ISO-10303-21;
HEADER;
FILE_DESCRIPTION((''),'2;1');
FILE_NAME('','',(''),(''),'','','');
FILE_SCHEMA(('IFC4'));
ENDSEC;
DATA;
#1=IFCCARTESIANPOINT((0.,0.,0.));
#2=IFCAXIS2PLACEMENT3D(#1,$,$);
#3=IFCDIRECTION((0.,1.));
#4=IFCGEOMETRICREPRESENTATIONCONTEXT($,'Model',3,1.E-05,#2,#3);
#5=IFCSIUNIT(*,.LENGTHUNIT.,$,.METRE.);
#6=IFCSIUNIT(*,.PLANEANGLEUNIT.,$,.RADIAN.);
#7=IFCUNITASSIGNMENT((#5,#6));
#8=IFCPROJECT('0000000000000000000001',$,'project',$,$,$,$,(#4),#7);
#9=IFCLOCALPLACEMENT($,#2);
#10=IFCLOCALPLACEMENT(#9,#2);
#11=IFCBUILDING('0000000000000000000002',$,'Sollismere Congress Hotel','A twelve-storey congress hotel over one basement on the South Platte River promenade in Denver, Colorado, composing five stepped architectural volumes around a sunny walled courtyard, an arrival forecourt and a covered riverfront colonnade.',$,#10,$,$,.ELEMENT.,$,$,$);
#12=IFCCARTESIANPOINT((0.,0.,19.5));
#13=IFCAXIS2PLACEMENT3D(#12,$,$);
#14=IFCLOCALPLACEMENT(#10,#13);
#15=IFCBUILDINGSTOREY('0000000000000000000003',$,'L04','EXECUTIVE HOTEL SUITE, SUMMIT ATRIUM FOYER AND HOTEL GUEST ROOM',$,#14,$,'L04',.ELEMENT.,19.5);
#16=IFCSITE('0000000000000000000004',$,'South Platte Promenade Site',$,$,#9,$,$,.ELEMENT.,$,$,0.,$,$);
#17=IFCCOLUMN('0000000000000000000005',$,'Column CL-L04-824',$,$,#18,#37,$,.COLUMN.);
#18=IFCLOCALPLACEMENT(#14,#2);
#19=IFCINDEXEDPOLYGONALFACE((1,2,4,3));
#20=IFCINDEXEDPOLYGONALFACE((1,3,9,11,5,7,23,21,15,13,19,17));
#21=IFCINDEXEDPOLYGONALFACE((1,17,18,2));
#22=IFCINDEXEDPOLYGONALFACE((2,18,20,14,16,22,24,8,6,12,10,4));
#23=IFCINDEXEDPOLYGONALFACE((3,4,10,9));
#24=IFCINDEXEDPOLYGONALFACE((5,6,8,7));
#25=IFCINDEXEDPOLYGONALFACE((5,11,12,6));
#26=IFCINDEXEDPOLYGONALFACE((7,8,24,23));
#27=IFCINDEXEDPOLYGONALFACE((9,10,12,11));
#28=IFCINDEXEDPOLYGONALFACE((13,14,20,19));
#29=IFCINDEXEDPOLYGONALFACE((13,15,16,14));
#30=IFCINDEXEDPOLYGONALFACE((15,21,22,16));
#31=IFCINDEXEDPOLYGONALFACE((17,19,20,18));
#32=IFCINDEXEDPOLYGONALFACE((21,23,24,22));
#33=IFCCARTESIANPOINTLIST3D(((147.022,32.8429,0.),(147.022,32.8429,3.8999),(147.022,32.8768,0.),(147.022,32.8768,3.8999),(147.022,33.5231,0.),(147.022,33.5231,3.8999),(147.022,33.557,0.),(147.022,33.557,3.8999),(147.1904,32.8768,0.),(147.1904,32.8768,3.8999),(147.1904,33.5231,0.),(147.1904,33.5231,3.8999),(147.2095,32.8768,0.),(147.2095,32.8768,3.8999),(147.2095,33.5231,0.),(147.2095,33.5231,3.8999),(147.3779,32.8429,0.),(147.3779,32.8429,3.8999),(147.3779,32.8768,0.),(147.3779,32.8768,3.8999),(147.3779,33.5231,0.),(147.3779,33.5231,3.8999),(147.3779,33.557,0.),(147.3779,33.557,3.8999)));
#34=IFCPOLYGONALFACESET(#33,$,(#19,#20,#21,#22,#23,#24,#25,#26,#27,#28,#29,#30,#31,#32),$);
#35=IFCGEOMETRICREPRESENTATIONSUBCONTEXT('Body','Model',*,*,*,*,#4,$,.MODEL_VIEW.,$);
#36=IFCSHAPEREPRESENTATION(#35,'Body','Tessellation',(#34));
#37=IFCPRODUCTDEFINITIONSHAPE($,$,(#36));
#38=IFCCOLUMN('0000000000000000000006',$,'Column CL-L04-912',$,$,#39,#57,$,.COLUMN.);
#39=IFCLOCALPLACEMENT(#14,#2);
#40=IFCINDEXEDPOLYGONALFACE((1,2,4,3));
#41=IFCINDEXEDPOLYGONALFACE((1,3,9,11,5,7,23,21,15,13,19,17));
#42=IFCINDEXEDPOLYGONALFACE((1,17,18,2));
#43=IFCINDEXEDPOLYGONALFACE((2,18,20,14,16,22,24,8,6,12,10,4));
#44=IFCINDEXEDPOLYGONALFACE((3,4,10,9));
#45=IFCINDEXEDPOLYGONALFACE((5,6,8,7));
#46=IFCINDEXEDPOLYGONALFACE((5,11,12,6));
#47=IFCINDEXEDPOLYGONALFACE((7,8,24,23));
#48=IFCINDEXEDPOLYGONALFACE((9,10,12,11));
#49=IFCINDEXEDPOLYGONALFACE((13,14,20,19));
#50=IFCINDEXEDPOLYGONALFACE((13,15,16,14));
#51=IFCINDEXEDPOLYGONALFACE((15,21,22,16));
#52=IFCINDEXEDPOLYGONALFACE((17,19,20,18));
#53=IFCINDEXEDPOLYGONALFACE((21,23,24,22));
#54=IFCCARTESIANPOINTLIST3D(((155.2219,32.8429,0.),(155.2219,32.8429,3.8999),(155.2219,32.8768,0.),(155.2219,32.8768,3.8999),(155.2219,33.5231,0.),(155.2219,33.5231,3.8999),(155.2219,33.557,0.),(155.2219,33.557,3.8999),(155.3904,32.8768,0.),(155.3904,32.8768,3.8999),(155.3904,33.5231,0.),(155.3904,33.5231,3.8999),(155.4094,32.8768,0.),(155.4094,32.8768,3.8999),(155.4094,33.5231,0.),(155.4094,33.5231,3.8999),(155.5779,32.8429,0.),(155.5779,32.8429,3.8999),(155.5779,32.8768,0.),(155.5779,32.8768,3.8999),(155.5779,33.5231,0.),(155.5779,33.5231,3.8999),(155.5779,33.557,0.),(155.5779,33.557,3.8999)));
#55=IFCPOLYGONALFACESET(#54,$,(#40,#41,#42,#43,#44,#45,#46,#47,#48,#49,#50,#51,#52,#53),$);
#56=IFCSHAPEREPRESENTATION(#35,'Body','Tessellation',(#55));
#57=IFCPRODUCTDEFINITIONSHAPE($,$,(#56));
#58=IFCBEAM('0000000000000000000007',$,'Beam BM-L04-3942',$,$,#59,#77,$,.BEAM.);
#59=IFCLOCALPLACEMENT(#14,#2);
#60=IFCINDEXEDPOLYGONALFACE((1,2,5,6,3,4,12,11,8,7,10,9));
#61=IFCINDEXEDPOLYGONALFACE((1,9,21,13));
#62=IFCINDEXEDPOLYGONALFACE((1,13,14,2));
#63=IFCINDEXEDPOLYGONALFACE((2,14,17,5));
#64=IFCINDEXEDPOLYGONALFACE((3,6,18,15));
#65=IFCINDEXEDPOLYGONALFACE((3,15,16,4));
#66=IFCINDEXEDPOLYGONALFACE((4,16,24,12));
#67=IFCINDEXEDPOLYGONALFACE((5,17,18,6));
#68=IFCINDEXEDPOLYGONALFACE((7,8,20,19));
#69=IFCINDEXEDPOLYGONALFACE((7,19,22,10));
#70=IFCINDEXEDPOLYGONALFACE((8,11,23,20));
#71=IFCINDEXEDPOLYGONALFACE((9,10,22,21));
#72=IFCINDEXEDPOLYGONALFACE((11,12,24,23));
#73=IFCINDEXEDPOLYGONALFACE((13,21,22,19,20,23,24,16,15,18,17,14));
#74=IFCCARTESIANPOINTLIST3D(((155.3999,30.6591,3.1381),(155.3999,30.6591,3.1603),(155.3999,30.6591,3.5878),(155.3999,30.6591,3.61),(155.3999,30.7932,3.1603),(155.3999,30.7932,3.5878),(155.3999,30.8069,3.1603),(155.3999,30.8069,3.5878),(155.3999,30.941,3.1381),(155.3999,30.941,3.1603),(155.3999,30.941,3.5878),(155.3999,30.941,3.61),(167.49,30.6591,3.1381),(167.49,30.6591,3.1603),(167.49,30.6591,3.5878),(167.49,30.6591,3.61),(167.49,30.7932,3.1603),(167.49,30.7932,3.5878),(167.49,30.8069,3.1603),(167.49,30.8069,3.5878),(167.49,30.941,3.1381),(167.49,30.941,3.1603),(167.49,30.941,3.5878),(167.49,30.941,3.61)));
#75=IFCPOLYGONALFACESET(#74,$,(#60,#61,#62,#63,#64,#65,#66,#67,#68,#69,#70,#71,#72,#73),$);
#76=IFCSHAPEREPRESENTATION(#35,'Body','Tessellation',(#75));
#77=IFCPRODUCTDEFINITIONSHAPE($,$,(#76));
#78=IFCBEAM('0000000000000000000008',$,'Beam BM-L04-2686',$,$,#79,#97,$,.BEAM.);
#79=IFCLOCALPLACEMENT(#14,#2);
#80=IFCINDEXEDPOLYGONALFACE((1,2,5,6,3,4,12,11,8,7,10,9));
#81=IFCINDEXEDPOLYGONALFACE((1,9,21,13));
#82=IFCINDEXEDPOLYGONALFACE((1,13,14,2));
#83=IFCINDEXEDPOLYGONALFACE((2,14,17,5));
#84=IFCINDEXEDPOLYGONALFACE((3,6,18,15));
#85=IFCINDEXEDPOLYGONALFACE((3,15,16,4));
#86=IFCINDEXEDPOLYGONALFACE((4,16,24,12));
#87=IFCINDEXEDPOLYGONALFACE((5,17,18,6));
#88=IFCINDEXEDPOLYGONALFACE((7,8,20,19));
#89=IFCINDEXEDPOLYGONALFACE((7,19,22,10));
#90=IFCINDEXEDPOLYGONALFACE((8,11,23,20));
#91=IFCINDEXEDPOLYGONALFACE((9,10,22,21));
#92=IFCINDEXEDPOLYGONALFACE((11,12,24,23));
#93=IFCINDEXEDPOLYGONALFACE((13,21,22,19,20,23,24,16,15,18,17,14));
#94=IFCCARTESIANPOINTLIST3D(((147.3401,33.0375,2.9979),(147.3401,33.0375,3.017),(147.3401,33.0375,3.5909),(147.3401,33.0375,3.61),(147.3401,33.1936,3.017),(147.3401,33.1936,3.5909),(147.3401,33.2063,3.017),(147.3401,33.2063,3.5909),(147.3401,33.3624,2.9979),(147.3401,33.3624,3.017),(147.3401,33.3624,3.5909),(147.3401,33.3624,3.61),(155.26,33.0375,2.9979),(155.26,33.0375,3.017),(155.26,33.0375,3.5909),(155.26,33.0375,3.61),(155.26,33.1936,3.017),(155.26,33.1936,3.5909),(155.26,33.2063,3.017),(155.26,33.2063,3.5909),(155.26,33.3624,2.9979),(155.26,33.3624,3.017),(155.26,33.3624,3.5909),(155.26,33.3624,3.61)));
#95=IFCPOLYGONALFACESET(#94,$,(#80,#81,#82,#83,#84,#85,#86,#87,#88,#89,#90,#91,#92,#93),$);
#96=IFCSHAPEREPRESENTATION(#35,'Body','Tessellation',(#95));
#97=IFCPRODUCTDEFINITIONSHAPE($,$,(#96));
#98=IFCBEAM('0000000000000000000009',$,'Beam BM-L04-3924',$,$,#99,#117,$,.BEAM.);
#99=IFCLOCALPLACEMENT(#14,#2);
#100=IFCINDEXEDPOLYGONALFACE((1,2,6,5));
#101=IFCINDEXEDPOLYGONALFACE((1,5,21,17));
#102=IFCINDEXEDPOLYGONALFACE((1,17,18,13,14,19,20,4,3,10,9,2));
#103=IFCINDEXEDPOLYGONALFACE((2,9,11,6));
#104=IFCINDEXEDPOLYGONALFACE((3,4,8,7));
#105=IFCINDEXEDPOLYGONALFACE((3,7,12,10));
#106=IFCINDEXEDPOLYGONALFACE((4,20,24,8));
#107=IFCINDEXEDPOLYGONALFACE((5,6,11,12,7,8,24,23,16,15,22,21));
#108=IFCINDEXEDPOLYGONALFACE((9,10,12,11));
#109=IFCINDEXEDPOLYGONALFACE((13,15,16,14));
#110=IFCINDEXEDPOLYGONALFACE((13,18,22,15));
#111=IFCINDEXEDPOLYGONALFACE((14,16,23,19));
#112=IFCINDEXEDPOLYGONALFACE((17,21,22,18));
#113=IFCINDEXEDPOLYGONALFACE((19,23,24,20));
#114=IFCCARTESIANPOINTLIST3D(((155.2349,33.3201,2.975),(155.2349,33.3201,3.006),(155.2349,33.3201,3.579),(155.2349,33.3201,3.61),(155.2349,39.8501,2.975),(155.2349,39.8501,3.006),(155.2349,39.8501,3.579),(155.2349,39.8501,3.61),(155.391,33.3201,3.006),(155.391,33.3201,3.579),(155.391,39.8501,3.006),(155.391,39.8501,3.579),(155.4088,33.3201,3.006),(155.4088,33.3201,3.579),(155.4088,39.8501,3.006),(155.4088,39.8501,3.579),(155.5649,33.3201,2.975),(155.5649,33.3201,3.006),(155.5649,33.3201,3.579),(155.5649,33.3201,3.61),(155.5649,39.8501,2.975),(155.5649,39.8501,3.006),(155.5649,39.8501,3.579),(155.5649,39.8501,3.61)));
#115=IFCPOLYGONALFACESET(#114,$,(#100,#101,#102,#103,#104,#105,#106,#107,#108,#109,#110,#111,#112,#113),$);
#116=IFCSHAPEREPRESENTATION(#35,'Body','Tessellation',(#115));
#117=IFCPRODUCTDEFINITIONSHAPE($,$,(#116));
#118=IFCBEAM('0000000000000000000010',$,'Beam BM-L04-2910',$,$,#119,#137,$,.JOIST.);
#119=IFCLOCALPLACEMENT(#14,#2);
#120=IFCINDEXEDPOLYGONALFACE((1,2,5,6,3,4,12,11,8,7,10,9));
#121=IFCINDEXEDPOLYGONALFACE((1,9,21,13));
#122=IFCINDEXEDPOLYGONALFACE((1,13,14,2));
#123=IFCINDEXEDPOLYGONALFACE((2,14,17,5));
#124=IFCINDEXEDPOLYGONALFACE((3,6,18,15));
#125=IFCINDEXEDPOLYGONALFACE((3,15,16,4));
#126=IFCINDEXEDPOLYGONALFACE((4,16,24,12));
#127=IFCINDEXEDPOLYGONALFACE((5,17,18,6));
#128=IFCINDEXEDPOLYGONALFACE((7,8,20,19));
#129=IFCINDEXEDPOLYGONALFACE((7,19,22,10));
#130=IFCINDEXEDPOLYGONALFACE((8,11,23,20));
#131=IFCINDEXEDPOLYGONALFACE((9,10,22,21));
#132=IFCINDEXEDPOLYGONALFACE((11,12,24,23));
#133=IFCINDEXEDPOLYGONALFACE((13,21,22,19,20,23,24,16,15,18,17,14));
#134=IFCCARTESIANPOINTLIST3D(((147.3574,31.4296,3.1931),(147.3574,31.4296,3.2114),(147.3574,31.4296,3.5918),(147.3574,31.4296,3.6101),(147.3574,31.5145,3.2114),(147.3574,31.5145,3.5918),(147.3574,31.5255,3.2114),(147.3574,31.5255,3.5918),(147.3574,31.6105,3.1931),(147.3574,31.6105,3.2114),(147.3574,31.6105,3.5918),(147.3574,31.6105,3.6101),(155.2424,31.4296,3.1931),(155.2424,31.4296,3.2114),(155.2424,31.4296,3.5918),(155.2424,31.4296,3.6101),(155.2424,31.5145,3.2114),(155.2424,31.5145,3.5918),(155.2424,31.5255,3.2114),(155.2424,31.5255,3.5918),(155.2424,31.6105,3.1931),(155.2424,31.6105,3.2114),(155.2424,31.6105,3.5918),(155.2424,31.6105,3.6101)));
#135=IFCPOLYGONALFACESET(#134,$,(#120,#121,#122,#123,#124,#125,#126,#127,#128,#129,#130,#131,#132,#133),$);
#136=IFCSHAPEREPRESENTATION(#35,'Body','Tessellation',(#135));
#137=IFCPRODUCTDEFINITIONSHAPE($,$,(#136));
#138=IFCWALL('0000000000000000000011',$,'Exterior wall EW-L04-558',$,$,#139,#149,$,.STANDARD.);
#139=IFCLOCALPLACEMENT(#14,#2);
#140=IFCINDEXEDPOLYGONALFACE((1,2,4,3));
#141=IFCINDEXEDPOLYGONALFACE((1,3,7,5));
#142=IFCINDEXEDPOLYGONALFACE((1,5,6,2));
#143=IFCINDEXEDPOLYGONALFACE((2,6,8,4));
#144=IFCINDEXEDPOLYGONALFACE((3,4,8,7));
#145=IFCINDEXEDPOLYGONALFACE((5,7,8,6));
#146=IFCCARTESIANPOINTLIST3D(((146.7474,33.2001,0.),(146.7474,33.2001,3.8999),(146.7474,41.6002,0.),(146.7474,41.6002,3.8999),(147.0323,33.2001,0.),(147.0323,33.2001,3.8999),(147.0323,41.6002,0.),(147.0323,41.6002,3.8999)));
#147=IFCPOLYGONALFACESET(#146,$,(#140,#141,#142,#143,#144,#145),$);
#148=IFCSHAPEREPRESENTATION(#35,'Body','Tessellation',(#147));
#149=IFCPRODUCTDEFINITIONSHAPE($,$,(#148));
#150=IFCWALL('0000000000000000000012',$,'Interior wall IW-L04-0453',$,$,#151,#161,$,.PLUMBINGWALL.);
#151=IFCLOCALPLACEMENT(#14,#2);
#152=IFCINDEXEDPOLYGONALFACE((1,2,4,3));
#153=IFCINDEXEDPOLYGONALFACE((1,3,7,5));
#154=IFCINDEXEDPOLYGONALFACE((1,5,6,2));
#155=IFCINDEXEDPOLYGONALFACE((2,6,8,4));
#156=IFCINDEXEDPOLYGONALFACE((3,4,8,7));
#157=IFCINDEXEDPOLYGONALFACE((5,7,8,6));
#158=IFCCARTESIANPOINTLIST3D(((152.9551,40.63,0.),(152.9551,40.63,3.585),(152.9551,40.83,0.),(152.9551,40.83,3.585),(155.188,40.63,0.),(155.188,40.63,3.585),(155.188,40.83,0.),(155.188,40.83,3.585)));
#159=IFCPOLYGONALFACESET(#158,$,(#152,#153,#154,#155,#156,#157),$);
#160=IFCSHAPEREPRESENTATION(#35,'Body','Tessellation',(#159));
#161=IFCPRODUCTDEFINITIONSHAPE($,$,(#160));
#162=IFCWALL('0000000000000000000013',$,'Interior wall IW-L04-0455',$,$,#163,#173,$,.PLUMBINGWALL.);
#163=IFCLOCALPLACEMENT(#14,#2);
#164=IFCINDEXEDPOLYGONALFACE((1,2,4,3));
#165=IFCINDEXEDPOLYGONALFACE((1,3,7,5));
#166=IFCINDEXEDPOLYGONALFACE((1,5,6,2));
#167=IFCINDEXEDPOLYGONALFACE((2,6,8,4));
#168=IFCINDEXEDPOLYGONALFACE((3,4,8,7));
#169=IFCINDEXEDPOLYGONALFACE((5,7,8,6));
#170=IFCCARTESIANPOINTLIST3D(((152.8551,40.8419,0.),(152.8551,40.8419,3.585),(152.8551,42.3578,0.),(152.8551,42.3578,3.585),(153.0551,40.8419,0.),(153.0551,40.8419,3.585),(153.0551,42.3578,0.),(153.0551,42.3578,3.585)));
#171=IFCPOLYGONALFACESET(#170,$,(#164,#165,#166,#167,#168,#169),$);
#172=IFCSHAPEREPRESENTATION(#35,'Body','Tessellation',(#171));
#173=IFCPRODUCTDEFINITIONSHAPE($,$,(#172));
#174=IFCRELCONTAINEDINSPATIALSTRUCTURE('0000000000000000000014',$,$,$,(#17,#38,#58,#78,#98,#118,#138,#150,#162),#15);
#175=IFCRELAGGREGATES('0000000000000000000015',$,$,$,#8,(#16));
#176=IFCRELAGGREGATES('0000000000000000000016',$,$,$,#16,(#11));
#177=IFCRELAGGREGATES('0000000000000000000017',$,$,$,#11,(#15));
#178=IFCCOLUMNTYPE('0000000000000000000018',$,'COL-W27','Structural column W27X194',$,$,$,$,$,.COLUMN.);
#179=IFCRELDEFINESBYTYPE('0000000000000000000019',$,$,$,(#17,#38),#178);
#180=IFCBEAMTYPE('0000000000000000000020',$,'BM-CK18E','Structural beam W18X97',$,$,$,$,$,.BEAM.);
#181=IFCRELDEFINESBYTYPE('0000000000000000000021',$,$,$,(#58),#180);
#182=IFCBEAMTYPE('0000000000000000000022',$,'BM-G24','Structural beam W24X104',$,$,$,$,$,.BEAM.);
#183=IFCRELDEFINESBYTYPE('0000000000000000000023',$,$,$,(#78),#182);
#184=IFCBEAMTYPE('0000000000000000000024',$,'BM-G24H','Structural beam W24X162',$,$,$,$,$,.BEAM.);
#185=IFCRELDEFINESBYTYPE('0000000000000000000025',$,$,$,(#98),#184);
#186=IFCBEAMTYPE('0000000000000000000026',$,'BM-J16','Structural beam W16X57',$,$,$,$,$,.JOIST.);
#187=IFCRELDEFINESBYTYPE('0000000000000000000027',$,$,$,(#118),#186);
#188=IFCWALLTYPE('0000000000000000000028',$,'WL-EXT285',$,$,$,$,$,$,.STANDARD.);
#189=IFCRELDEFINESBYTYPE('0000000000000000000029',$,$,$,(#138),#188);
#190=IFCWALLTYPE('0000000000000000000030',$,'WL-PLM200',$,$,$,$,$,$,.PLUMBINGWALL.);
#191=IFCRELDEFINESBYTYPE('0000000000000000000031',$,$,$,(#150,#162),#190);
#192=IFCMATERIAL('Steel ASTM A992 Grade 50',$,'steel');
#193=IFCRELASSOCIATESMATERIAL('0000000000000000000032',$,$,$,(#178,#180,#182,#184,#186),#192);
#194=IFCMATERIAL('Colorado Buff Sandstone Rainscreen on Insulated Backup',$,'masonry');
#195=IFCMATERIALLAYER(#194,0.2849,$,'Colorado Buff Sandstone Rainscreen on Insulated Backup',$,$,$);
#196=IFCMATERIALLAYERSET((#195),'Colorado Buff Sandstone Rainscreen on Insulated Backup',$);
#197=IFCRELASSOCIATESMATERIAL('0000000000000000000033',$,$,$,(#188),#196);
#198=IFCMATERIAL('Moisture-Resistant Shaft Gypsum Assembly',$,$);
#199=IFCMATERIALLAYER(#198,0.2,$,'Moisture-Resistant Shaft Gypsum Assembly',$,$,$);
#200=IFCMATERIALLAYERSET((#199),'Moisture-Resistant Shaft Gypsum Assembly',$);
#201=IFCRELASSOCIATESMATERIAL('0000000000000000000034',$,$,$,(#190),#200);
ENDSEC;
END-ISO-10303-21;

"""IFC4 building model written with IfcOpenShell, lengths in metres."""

from ifc_helpers import new_model, si_unit, direction, frame, frame_2d, origin, origin_2d, place, context, subcontext, project, spatial, rectangle, i_section, extrude, material, layer, layer_set, material_profile, profile_set, type_object, element, save


model = new_model("IFC4")

# Units and contexts
model_context = context("Model", 3, precision=1e-05, world=origin(), true_north=direction((0.0, 1.0)))
body_context = subcontext(model_context, "Body", "Model", "MODEL_VIEW")
ifc_project = project(units=[si_unit("LENGTHUNIT", "METRE"), si_unit("PLANEANGLEUNIT", "RADIAN")], contexts=[model_context])

# Site, building, storey
site_placement = place(None, origin())
site = spatial("IfcSite", under=ifc_project, at=site_placement, Name="South Platte Promenade Site", CompositionType="ELEMENT", RefElevation=0.0)
building_placement = place(site_placement, origin())
building = spatial("IfcBuilding", under=site, at=building_placement, Name="Sollismere Congress Hotel", Description="A twelve-storey congress hotel over one basement on the South Platte River promenade in Denver, Colorado, composing five stepped architectural volumes around a sunny walled courtyard, an arrival forecourt and a covered riverfront colonnade.", CompositionType="ELEMENT")
storey_placement = place(building_placement, frame((0.0, 0.0, 19.5)))
storey = spatial("IfcBuildingStorey", under=building, at=storey_placement, Name="L04", Description="EXECUTIVE HOTEL SUITE, SUMMIT ATRIUM FOYER AND HOTEL GUEST ROOM", LongName="L04", CompositionType="ELEMENT", Elevation=19.5)

# Columns
ifc_material_1 = material(Name="Steel ASTM A992 Grade 50", Category="steel")
ifc_material_profile_1 = material_profile(ifc_material_1, i_section(OverallWidth=0.356, OverallDepth=0.7141, WebThickness=0.019, FlangeThickness=0.0339, at=origin_2d()), Name="W27X194")
ifc_profile_set_1 = profile_set([ifc_material_profile_1], Name="Steel ASTM A992 Grade 50")
column_type = type_object("IfcColumnType", Name="COL-W27", Description="Structural column W27X194", PredefinedType="COLUMN", material=ifc_profile_set_1)
for number, where, z_axis, x_axis, name in (
    (1, (147.2, 33.2, 0.0), (0.0, 0.0, 1.0), (1.0, 0.0, 0.0), "Column CL-L04-824"),
    (2, (155.3999, 33.2, 0.0), (0.0, 0.0, 1.0), (1.0, 0.0, 0.0), "Column CL-L04-912"),
):
    element("IfcColumn", number, at=place(storey_placement, frame(where, z_axis=z_axis, x_axis=x_axis)), inside=storey, type_object=column_type, Name=name, PredefinedType="COLUMN", context=body_context, shape_type="SweptSolid", body=[
        extrude(i_section(OverallWidth=0.356, OverallDepth=0.7141, WebThickness=0.019, FlangeThickness=0.0339, at=origin_2d()), origin(), (0.0, 0.0, 1.0), 3.8999),
    ])

# Beams
ifc_material_profile_2 = material_profile(ifc_material_1, i_section(OverallWidth=0.282, OverallDepth=0.4719, WebThickness=0.0137, FlangeThickness=0.0222, at=origin_2d()), Name="W18X97")
ifc_profile_set_2 = profile_set([ifc_material_profile_2], Name="Steel ASTM A992 Grade 50")
beam_type_1 = type_object("IfcBeamType", Name="BM-CK18E", Description="Structural beam W18X97", PredefinedType="BEAM", material=ifc_profile_set_2)
beam_1_placement = place(storey_placement, frame((155.3999, 30.8, 3.374), z_axis=(1.0, 0.0, 0.0), x_axis=(0.0, 1.0, 0.0)))
element("IfcBeam", 3, at=beam_1_placement, inside=storey, type_object=beam_type_1, Name="Beam BM-L04-3942", PredefinedType="BEAM", context=body_context, shape_type="SweptSolid", body=[
    extrude(i_section(OverallWidth=0.282, OverallDepth=0.4719, WebThickness=0.0137, FlangeThickness=0.0222, at=origin_2d()), origin(), (0.0, 0.0, 1.0), 12.0901),
])
ifc_material_profile_3 = material_profile(ifc_material_1, i_section(OverallWidth=0.325, OverallDepth=0.6121, WebThickness=0.0127, FlangeThickness=0.019, at=origin_2d()), Name="W24X104")
ifc_profile_set_3 = profile_set([ifc_material_profile_3], Name="Steel ASTM A992 Grade 50")
beam_type_2 = type_object("IfcBeamType", Name="BM-G24", Description="Structural beam W24X104", PredefinedType="BEAM", material=ifc_profile_set_3)
beam_2_placement = place(storey_placement, frame((147.3401, 33.2, 3.304), z_axis=(1.0, 0.0, 0.0), x_axis=(0.0, 1.0, 0.0)))
element("IfcBeam", 4, at=beam_2_placement, inside=storey, type_object=beam_type_2, Name="Beam BM-L04-2686", PredefinedType="BEAM", context=body_context, shape_type="SweptSolid", body=[
    extrude(i_section(OverallWidth=0.325, OverallDepth=0.6121, WebThickness=0.0127, FlangeThickness=0.019, at=origin_2d()), origin(), (0.0, 0.0, 1.0), 7.9199),
])
ifc_material_profile_4 = material_profile(ifc_material_1, i_section(OverallWidth=0.3301, OverallDepth=0.635, WebThickness=0.0178, FlangeThickness=0.031, at=origin_2d()), Name="W24X162")
ifc_profile_set_4 = profile_set([ifc_material_profile_4], Name="Steel ASTM A992 Grade 50")
beam_type_3 = type_object("IfcBeamType", Name="BM-G24H", Description="Structural beam W24X162", PredefinedType="BEAM", material=ifc_profile_set_4)
beam_3_placement = place(storey_placement, frame((155.3999, 33.3201, 3.2925), z_axis=(0.0, 1.0, 0.0), x_axis=(-1.0, 0.0, 0.0)))
element("IfcBeam", 5, at=beam_3_placement, inside=storey, type_object=beam_type_3, Name="Beam BM-L04-3924", PredefinedType="BEAM", context=body_context, shape_type="SweptSolid", body=[
    extrude(i_section(OverallWidth=0.3301, OverallDepth=0.635, WebThickness=0.0178, FlangeThickness=0.031, at=origin_2d()), origin(), (0.0, 0.0, 1.0), 6.53),
])
ifc_material_profile_5 = material_profile(ifc_material_1, i_section(OverallWidth=0.1809, OverallDepth=0.417, WebThickness=0.011, FlangeThickness=0.0183, at=origin_2d()), Name="W16X57")
ifc_profile_set_5 = profile_set([ifc_material_profile_5], Name="Steel ASTM A992 Grade 50")
beam_type_4 = type_object("IfcBeamType", Name="BM-J16", Description="Structural beam W16X57", PredefinedType="JOIST", material=ifc_profile_set_5)
beam_4_placement = place(storey_placement, frame((147.3574, 31.52, 3.4016), z_axis=(1.0, 0.0, 0.0), x_axis=(0.0, 1.0, 0.0)))
element("IfcBeam", 6, at=beam_4_placement, inside=storey, type_object=beam_type_4, Name="Beam BM-L04-2910", PredefinedType="JOIST", context=body_context, shape_type="SweptSolid", body=[
    extrude(i_section(OverallWidth=0.1809, OverallDepth=0.417, WebThickness=0.011, FlangeThickness=0.0183, at=origin_2d()), origin(), (0.0, 0.0, 1.0), 7.885),
])

# Walls
ifc_material_2 = material(Name="Colorado Buff Sandstone Rainscreen on Insulated Backup", Category="masonry")
ifc_layer_1 = layer(ifc_material_2, 0.2849, Name="Colorado Buff Sandstone Rainscreen on Insulated Backup")
ifc_layer_set_1 = layer_set([ifc_layer_1], Name="Colorado Buff Sandstone Rainscreen on Insulated Backup")
wall_type_1 = type_object("IfcWallType", Name="WL-EXT285", PredefinedType="STANDARD", material=ifc_layer_set_1)
wall_1_placement = place(storey_placement, frame((146.8899, 33.2, 0.0), z_axis=(0.0, 0.0, 1.0), x_axis=(0.0, 1.0, 0.0)))
element("IfcWall", 7, at=wall_1_placement, inside=storey, type_object=wall_type_1, Name="Exterior wall EW-L04-558", PredefinedType="STANDARD", context=body_context, shape_type="SweptSolid", body=[
    extrude(rectangle(XDim=8.4001, YDim=0.2849, at=frame_2d((4.2002, 0.0))), origin(), (0.0, 0.0, 1.0), 3.8999),
])
ifc_material_3 = material(Name="Moisture-Resistant Shaft Gypsum Assembly")
ifc_layer_2 = layer(ifc_material_3, 0.2, Name="Moisture-Resistant Shaft Gypsum Assembly")
ifc_layer_set_2 = layer_set([ifc_layer_2], Name="Moisture-Resistant Shaft Gypsum Assembly")
wall_type_2 = type_object("IfcWallType", Name="WL-PLM200", PredefinedType="PLUMBINGWALL", material=ifc_layer_set_2)
wall_2_placement = place(storey_placement, frame((152.9551, 40.73, 0.0), z_axis=(0.0, 0.0, 1.0), x_axis=(1.0, 0.0, 0.0)))
element("IfcWall", 8, at=wall_2_placement, inside=storey, type_object=wall_type_2, Name="Interior wall IW-L04-0453", PredefinedType="PLUMBINGWALL", context=body_context, shape_type="SweptSolid", body=[
    extrude(rectangle(XDim=2.2329, YDim=0.2, at=frame_2d((1.1165, 0.0))), origin(), (0.0, 0.0, 1.0), 3.585),
])
wall_3_placement = place(storey_placement, frame((152.9551, 40.842, 0.0), z_axis=(0.0, 0.0, 1.0), x_axis=(0.0, 1.0, 0.0)))
element("IfcWall", 9, at=wall_3_placement, inside=storey, type_object=wall_type_2, Name="Interior wall IW-L04-0455", PredefinedType="PLUMBINGWALL", context=body_context, shape_type="SweptSolid", body=[
    extrude(rectangle(XDim=1.5159, YDim=0.2, at=frame_2d((0.7578, 0.0))), origin(), (0.0, 0.0, 1.0), 3.585),
])

save(model, "model.ifc")
